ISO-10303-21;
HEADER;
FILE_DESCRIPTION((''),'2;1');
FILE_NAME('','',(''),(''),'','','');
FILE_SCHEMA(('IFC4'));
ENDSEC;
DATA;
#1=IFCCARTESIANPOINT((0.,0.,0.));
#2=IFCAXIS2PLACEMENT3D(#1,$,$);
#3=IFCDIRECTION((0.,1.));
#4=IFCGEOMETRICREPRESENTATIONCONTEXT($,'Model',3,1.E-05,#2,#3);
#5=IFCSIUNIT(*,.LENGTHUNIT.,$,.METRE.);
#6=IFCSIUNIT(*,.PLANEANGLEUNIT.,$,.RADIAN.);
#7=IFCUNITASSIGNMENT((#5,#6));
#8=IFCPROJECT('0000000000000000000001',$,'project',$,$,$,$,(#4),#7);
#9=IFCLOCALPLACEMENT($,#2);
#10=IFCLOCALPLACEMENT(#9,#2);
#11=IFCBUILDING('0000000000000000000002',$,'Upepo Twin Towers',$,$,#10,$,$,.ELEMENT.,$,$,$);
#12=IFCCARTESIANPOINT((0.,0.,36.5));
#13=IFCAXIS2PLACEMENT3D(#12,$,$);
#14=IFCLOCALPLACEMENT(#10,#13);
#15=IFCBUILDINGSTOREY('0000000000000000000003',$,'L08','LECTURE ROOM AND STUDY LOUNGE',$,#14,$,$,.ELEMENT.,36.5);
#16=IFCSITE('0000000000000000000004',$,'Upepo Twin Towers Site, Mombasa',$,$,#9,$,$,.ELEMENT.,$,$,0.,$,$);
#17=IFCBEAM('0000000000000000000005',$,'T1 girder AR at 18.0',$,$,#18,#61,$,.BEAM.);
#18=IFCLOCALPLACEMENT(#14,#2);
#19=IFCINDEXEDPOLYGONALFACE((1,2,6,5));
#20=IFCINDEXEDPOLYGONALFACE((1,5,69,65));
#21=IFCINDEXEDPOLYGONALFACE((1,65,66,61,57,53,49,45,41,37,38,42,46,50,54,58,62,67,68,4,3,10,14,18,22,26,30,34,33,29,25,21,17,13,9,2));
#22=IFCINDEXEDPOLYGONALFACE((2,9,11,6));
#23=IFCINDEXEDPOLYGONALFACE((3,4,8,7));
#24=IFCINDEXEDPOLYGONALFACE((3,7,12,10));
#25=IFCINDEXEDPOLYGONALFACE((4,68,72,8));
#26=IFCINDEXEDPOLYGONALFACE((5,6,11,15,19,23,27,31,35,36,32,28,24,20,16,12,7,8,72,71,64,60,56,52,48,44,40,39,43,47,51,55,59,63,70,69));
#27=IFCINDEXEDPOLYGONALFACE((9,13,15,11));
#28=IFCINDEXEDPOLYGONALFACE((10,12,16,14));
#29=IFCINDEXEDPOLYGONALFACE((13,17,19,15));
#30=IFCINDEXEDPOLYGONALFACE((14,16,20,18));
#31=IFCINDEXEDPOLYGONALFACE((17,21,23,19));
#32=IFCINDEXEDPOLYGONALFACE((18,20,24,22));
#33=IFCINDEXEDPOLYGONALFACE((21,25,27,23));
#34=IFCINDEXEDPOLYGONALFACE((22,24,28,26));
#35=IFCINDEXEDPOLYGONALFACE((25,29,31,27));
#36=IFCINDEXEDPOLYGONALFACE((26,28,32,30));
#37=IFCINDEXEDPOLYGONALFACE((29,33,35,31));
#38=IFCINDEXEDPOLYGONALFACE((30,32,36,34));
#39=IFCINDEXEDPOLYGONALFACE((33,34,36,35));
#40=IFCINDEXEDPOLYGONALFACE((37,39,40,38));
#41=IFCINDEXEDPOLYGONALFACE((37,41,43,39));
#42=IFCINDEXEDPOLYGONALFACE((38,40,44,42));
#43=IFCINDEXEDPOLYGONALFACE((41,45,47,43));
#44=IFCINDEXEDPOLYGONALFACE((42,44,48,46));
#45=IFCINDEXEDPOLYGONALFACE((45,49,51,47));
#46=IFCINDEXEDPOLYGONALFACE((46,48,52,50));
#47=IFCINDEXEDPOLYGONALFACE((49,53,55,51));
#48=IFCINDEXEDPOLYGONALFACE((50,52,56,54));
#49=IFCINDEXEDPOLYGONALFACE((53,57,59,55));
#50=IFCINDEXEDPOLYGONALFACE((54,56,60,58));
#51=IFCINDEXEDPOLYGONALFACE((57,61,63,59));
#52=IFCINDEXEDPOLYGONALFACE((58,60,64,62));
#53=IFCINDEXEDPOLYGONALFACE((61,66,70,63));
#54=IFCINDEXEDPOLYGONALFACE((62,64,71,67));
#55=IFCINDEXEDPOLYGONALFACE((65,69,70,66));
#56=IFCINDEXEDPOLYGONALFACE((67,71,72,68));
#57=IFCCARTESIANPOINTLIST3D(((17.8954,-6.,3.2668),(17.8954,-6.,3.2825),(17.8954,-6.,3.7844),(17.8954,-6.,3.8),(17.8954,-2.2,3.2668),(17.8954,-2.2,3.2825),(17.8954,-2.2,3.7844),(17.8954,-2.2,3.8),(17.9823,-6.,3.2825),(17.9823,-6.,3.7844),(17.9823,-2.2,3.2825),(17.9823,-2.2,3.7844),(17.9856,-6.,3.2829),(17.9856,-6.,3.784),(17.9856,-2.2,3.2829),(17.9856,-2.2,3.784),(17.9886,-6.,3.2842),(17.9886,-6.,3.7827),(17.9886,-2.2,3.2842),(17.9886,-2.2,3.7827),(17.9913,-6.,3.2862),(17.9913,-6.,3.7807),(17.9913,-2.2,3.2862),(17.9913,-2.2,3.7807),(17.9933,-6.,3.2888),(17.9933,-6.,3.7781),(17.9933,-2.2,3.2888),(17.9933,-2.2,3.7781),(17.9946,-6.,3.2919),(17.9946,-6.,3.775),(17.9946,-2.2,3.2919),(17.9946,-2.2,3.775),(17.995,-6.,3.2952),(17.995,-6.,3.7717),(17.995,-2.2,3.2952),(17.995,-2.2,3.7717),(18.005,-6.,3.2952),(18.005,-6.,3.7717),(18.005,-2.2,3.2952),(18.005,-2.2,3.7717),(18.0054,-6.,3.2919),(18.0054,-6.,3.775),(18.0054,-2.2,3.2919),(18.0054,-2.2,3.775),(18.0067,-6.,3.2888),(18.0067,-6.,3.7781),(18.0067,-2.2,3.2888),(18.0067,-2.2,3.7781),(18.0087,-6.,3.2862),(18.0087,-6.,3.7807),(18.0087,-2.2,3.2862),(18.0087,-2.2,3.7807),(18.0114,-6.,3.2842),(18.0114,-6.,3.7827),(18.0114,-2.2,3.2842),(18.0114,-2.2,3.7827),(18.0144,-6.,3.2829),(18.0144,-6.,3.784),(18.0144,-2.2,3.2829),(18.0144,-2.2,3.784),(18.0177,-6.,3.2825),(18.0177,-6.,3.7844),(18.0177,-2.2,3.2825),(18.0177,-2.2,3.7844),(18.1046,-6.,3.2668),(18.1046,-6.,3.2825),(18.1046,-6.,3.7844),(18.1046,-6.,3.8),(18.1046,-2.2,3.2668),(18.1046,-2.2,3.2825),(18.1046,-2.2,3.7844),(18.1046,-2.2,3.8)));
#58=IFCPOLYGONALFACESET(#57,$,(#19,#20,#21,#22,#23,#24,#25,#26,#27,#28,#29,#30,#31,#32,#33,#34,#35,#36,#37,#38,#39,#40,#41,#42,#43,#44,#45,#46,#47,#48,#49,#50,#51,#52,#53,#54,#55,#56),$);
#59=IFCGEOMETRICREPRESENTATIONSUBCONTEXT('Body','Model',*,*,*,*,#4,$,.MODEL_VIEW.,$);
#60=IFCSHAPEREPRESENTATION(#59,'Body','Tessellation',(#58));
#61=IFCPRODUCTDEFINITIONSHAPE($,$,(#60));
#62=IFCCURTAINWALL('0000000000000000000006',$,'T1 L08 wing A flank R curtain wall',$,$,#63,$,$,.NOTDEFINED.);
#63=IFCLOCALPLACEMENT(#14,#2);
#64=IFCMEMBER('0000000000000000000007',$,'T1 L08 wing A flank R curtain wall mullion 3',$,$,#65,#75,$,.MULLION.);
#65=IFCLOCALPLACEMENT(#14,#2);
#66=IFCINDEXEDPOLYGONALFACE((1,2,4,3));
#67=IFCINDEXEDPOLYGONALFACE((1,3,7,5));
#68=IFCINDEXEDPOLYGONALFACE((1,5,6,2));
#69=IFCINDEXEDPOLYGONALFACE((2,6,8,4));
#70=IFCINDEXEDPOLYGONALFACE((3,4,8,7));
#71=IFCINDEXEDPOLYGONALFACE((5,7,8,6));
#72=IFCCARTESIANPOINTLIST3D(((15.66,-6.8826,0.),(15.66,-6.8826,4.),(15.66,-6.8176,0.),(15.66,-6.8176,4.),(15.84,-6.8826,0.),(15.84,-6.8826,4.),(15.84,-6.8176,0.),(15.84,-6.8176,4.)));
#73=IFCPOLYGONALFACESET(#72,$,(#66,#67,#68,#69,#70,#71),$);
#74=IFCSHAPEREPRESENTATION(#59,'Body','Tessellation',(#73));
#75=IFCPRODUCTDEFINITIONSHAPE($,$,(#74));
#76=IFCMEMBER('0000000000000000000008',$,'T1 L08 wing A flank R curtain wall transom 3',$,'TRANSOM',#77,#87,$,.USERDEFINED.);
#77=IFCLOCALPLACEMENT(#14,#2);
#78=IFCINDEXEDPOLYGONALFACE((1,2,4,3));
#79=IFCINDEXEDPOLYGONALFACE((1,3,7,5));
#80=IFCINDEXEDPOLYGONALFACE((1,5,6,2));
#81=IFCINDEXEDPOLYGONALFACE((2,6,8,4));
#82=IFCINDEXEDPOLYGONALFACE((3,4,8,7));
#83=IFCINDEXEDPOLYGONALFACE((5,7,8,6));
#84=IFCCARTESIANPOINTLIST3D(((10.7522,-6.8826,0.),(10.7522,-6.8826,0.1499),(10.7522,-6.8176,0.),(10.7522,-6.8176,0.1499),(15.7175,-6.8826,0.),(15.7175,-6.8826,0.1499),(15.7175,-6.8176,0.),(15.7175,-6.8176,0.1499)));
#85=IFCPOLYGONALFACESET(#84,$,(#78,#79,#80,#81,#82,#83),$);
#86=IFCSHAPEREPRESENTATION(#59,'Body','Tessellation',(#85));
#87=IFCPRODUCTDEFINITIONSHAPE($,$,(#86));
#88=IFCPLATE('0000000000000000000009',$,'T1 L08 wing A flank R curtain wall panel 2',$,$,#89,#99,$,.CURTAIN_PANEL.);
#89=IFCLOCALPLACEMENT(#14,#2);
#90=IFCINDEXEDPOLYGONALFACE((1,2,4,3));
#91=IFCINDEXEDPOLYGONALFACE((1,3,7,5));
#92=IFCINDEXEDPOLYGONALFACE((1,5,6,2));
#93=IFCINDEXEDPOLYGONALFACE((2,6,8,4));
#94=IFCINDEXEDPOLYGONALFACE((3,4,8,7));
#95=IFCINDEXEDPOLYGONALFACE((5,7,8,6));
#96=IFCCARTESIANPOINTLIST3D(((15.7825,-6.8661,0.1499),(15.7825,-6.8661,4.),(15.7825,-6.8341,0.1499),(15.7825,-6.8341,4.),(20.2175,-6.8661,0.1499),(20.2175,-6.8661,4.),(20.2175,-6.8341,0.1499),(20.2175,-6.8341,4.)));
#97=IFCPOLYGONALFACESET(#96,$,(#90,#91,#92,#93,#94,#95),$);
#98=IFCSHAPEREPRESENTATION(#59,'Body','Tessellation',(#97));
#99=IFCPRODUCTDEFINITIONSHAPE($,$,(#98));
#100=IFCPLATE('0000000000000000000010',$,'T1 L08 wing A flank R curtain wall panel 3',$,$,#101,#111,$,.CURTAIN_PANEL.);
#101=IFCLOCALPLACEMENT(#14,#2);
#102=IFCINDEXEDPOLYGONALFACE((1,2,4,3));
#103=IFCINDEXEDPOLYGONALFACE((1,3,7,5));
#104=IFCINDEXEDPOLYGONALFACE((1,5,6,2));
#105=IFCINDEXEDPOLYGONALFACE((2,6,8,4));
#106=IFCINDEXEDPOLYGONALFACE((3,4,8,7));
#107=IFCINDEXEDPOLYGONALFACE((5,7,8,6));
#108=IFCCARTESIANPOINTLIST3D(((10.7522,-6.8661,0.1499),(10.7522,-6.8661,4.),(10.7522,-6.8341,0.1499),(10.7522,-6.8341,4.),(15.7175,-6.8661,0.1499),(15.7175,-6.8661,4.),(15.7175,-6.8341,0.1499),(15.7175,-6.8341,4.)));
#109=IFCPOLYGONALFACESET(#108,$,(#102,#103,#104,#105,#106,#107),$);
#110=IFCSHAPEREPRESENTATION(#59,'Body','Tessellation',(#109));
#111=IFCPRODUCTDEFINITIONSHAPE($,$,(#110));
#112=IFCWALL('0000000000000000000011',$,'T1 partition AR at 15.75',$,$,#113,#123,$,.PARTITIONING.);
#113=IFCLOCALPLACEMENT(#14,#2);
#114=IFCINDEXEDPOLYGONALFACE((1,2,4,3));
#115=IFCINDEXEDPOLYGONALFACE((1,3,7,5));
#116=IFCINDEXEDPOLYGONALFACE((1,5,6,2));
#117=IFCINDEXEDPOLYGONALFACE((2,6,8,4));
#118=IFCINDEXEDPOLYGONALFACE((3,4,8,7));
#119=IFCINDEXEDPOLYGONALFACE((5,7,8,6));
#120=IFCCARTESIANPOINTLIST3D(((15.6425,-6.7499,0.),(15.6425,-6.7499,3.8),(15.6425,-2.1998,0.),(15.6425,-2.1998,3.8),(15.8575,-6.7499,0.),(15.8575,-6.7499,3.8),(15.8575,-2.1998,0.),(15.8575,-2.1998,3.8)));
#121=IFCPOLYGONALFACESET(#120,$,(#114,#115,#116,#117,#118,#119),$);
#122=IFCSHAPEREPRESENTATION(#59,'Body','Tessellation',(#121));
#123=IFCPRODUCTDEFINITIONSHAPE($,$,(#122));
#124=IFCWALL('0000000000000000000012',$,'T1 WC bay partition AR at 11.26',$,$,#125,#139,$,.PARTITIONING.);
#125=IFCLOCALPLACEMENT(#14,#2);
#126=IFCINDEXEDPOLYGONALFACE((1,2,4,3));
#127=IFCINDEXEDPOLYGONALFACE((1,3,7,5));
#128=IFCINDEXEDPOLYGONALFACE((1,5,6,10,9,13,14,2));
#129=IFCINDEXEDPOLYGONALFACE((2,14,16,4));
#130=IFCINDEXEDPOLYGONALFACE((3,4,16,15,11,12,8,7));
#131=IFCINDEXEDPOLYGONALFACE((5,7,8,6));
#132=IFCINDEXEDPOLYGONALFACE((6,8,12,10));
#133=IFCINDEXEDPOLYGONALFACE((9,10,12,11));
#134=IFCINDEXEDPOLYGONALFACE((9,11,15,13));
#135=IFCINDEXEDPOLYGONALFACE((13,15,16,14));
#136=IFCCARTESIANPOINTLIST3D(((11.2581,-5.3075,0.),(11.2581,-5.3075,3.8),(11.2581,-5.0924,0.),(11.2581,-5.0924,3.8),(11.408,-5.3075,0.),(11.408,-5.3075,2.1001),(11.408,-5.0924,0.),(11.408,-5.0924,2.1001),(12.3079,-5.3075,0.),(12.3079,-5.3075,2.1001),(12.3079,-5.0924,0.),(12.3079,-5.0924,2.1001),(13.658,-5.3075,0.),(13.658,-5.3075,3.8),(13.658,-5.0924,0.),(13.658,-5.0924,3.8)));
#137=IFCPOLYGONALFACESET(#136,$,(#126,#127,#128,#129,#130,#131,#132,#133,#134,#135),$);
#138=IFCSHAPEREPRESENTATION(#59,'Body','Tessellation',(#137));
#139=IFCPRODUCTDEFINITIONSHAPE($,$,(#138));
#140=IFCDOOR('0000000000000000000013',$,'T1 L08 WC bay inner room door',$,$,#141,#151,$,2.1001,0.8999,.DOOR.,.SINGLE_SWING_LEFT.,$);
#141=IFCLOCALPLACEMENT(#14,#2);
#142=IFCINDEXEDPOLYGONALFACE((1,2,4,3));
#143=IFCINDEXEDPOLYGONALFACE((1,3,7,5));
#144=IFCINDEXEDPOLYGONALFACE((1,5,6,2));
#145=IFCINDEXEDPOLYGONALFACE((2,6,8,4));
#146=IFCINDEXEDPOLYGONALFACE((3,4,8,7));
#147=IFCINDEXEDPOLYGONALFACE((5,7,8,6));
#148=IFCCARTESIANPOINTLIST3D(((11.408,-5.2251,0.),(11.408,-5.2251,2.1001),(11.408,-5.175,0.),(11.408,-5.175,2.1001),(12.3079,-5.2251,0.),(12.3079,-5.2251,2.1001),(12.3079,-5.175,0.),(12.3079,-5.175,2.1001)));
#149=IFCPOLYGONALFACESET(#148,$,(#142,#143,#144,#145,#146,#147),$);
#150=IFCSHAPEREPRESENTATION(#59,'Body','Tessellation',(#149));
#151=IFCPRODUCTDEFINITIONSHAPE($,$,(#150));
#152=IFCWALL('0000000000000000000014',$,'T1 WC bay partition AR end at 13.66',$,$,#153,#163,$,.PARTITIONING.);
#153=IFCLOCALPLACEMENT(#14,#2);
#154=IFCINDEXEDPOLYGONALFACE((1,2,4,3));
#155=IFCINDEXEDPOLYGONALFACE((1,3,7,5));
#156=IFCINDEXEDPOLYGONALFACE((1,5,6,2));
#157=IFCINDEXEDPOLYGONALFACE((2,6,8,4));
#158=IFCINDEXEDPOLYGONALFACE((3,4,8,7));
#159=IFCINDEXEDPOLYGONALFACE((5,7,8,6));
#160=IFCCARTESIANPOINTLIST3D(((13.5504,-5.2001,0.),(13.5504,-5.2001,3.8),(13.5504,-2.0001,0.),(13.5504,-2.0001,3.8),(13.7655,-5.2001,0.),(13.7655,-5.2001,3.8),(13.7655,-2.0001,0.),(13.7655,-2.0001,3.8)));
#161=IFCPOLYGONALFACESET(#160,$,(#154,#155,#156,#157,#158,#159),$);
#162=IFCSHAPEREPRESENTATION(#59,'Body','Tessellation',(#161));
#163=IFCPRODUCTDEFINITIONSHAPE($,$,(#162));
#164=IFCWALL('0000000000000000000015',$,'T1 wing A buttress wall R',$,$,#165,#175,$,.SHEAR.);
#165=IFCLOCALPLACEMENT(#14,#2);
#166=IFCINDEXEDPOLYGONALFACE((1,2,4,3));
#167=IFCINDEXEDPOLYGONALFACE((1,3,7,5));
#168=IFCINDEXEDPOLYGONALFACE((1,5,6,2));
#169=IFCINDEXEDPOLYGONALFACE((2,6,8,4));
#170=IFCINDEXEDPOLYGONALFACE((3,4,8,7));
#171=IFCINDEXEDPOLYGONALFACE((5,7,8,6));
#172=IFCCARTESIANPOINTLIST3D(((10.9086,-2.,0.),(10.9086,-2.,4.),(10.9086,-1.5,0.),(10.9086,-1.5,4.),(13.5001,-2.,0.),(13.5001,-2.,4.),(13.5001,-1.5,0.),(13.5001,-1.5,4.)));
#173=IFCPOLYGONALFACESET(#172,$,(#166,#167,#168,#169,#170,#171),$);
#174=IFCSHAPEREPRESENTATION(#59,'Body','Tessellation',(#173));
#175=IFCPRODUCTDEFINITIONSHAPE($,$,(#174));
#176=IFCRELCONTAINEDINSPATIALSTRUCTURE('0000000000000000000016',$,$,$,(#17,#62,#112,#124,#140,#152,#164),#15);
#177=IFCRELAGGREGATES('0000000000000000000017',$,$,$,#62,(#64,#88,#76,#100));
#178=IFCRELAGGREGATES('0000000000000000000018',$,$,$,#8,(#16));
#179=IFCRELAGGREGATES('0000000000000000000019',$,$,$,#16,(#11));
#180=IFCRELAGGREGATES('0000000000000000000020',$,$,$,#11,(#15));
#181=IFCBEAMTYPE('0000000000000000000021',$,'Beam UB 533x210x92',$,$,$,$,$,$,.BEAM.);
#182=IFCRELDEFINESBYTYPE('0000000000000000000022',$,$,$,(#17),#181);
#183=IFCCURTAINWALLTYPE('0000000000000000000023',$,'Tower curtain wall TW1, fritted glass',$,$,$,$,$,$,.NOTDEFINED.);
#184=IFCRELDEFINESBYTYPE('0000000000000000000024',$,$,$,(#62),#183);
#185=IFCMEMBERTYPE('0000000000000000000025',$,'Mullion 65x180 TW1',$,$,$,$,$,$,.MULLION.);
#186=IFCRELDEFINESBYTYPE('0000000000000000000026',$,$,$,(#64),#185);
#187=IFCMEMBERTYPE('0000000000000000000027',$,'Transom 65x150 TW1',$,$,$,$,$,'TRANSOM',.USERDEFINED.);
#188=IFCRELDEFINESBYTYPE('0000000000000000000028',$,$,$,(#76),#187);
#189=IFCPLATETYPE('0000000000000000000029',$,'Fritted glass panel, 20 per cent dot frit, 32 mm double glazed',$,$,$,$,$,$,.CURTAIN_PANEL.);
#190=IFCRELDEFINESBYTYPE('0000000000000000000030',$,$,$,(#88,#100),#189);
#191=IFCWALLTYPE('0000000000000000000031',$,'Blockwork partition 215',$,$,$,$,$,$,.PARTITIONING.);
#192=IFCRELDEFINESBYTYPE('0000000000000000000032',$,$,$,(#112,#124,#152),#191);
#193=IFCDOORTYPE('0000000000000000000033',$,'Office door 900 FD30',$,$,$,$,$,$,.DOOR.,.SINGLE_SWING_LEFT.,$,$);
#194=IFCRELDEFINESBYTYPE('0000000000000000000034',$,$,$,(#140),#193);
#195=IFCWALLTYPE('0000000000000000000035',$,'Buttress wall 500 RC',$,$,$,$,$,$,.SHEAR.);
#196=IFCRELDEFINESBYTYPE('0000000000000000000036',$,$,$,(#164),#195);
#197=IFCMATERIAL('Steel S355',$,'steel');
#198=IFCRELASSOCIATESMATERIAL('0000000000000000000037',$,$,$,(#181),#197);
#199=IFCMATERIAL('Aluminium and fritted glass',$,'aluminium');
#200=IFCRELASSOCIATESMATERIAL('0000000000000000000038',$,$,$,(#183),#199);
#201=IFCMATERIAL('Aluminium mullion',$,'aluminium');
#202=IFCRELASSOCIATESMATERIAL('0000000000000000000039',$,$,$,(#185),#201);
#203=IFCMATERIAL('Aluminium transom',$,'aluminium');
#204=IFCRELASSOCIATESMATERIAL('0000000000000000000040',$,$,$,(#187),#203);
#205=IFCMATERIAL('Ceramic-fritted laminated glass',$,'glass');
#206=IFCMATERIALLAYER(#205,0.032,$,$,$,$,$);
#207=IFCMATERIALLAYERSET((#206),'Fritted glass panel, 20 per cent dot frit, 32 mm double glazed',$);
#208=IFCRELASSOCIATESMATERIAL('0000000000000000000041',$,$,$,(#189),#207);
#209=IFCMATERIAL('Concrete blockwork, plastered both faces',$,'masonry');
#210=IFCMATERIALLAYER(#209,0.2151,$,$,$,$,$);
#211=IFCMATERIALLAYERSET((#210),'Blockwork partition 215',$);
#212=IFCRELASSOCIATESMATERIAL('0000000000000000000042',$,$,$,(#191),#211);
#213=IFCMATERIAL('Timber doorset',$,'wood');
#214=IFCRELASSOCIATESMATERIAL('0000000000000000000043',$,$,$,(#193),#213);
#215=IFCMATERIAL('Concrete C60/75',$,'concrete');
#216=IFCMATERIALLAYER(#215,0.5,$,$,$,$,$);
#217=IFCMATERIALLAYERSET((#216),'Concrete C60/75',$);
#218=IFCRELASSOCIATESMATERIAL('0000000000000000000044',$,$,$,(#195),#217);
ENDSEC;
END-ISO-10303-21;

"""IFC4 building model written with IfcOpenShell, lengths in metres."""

from ifc_helpers import new_model, si_unit, direction, frame, frame_2d, origin, origin_2d, place, context, subcontext, project, spatial, rectangle, i_section, extrude, material, layer, layer_set, material_profile, profile_set, type_object, element, fill, aggregate, save


model = new_model("IFC4")

# Units and contexts
model_context = context("Model", 3, precision=1e-05, world=origin(), true_north=direction((0.0, 1.0)))
body_context = subcontext(model_context, "Body", "Model", "MODEL_VIEW")
ifc_project = project(units=[si_unit("LENGTHUNIT", "METRE"), si_unit("PLANEANGLEUNIT", "RADIAN")], contexts=[model_context])

# Site, building, storey
site_placement = place(None, origin())
site = spatial("IfcSite", under=ifc_project, at=site_placement, Name="Upepo Twin Towers Site, Mombasa", CompositionType="ELEMENT", RefElevation=0.0)
building_placement = place(site_placement, origin())
building = spatial("IfcBuilding", under=site, at=building_placement, Name="Upepo Twin Towers", CompositionType="ELEMENT")
storey_placement = place(building_placement, frame((0.0, 0.0, 36.5)))
storey = spatial("IfcBuildingStorey", under=building, at=storey_placement, Name="L08", Description="LECTURE ROOM AND STUDY LOUNGE", CompositionType="ELEMENT", Elevation=36.5)

# Beam
ifc_material_1 = material(Name="Steel S355", Category="steel")
ifc_material_profile_1 = material_profile(ifc_material_1, i_section(OverallWidth=0.2092, OverallDepth=0.5332, WebThickness=0.01, FlangeThickness=0.0156, FilletRadius=0.0127, at=origin_2d()), Name="UB 533x210x92")
ifc_profile_set_1 = profile_set([ifc_material_profile_1], Name="Steel S355")
beam_type_1 = type_object("IfcBeamType", Name="Beam UB 533x210x92", PredefinedType="BEAM", material=ifc_profile_set_1)
for number, where, z_axis, x_axis, name in (
    (1, (18.0, -6.0, 3.5334), (0.0, 1.0, 0.0), (-1.0, 0.0, 0.0), "T1 girder AR at 18.0"),
):
    element("IfcBeam", number, at=place(storey_placement, frame(where, z_axis=z_axis, x_axis=x_axis)), inside=storey, type_object=beam_type_1, Name=name, PredefinedType="BEAM", context=body_context, shape_type="SweptSolid", body=[
        extrude(i_section(OverallWidth=0.2092, OverallDepth=0.5332, WebThickness=0.01, FlangeThickness=0.0156, FilletRadius=0.0127, at=origin_2d()), origin(), (0.0, 0.0, 1.0), 3.8),
    ])

# Curtain wall, members, plates
ifc_material_2 = material(Name="Aluminium and fritted glass", Category="aluminium")
curtain_wall_type = type_object("IfcCurtainWallType", Name="Tower curtain wall TW1, fritted glass", PredefinedType="NOTDEFINED", material=ifc_material_2)
curtain_wall_placement = place(storey_placement, origin())
curtain_wall = element("IfcCurtainWall", 2, at=curtain_wall_placement, inside=storey, type_object=curtain_wall_type, Name="T1 L08 wing A flank R curtain wall", PredefinedType="NOTDEFINED")
ifc_material_3 = material(Name="Aluminium mullion", Category="aluminium")
ifc_material_profile_2 = material_profile(ifc_material_3, rectangle(XDim=0.0649, YDim=0.1799, at=origin_2d()), Name="MULLION 65x180")
ifc_profile_set_2 = profile_set([ifc_material_profile_2], Name="Aluminium mullion")
member_type_1 = type_object("IfcMemberType", Name="Mullion 65x180 TW1", PredefinedType="MULLION", material=ifc_profile_set_2)
member_1_placement = place(storey_placement, frame((15.75, -6.8501, 0.0), z_axis=(0.0, 0.0, 1.0), x_axis=(0.0, -1.0, 0.0)))
member_1 = element("IfcMember", 3, at=member_1_placement, type_object=member_type_1, Name="T1 L08 wing A flank R curtain wall mullion 3", PredefinedType="MULLION", context=body_context, shape_type="SweptSolid", body=[
    extrude(rectangle(XDim=0.0649, YDim=0.1799, at=origin_2d()), origin(), (0.0, 0.0, 1.0), 4.0),
])
ifc_material_4 = material(Name="Aluminium transom", Category="aluminium")
ifc_material_profile_3 = material_profile(ifc_material_4, rectangle(XDim=0.0649, YDim=0.1499, at=origin_2d()), Name="TRANSOM 65x150")
ifc_profile_set_3 = profile_set([ifc_material_profile_3], Name="Aluminium transom")
member_type_2 = type_object("IfcMemberType", Name="Transom 65x150 TW1", ElementType="TRANSOM", PredefinedType="USERDEFINED", material=ifc_profile_set_3)
member_2_placement = place(storey_placement, frame((15.7175, -6.8501, 0.075), z_axis=(-1.0, 0.0, 0.0), x_axis=(0.0, -1.0, 0.0)))
member_2 = element("IfcMember", 4, at=member_2_placement, type_object=member_type_2, Name="T1 L08 wing A flank R curtain wall transom 3", ObjectType="TRANSOM", PredefinedType="USERDEFINED", context=body_context, shape_type="SweptSolid", body=[
    extrude(rectangle(XDim=0.0649, YDim=0.1499, at=origin_2d()), origin(), (0.0, 0.0, 1.0), 4.9653),
])
ifc_material_5 = material(Name="Ceramic-fritted laminated glass", Category="glass")
ifc_layer_1 = layer(ifc_material_5, 0.032)
ifc_layer_set_1 = layer_set([ifc_layer_1], Name="Fritted glass panel, 20 per cent dot frit, 32 mm double glazed")
plate_type = type_object("IfcPlateType", Name="Fritted glass panel, 20 per cent dot frit, 32 mm double glazed", PredefinedType="CURTAIN_PANEL", material=ifc_layer_set_1)
plate_1_placement = place(storey_placement, frame((18.0, -6.8501, 0.1499), z_axis=(0.0, 0.0, 1.0), x_axis=(-1.0, 0.0, 0.0)))
plate_1 = element("IfcPlate", 5, at=plate_1_placement, type_object=plate_type, Name="T1 L08 wing A flank R curtain wall panel 2", PredefinedType="CURTAIN_PANEL", context=body_context, shape_type="SweptSolid", body=[
    extrude(rectangle(XDim=4.4351, YDim=0.032, at=origin_2d()), origin(), (0.0, 0.0, 1.0), 3.8501),
])
plate_2_placement = place(storey_placement, frame((13.2349, -6.8501, 0.1499), z_axis=(0.0, 0.0, 1.0), x_axis=(-1.0, 0.0, 0.0)))
plate_2 = element("IfcPlate", 6, at=plate_2_placement, type_object=plate_type, Name="T1 L08 wing A flank R curtain wall panel 3", PredefinedType="CURTAIN_PANEL", context=body_context, shape_type="SweptSolid", body=[
    extrude(rectangle(XDim=4.9653, YDim=0.032, at=origin_2d()), origin(), (0.0, 0.0, 1.0), 3.8501),
])
aggregate(curtain_wall, [member_1, plate_1, member_2, plate_2])

# Wall
ifc_material_6 = material(Name="Concrete blockwork, plastered both faces", Category="masonry")
ifc_layer_2 = layer(ifc_material_6, 0.2151)
ifc_layer_set_2 = layer_set([ifc_layer_2], Name="Blockwork partition 215")
wall_type_1 = type_object("IfcWallType", Name="Blockwork partition 215", PredefinedType="PARTITIONING", material=ifc_layer_set_2)
wall_1_placement = place(storey_placement, frame((15.75, -2.2, 0.0), z_axis=(0.0, 0.0, 1.0), x_axis=(0.0, -1.0, 0.0)))
element("IfcWall", 7, at=wall_1_placement, inside=storey, type_object=wall_type_1, Name="T1 partition AR at 15.75", PredefinedType="PARTITIONING", context=body_context, shape_type="SweptSolid", body=[
    extrude(rectangle(XDim=4.55, YDim=0.2151, at=frame_2d((2.2749, 0.0))), origin(), (0.0, 0.0, 1.0), 3.8),
])

# Wall, opening, door
wall_2_placement = place(storey_placement, frame((11.2581, -5.2, 0.0), z_axis=(0.0, 0.0, 1.0), x_axis=(1.0, 0.0, 0.0)))
wall_2 = element("IfcWall", 8, at=wall_2_placement, inside=storey, type_object=wall_type_1, Name="T1 WC bay partition AR at 11.26", PredefinedType="PARTITIONING", context=body_context, shape_type="SweptSolid", body=[
    extrude(rectangle(XDim=2.3999, YDim=0.2151, at=frame_2d((1.2, 0.0))), origin(), (0.0, 0.0, 1.0), 3.8),
])
opening_1_placement = place(wall_2_placement, frame((0.1499, 0.0, 0.0)))
opening_1 = element("IfcOpeningElement", 9, at=opening_1_placement, cuts=wall_2, PredefinedType="OPENING", context=body_context, shape_type="SweptSolid", body=[
    extrude(rectangle(XDim=0.8999, YDim=2.1001, at=frame_2d((0.45, 1.05))), frame((0.0, 0.1174, 0.0), z_axis=(0.0, -1.0, 0.0), x_axis=(1.0, 0.0, 0.0)), (0.0, 0.0, 1.0), 0.2351),
])
ifc_material_7 = material(Name="Timber doorset", Category="wood")
door_type_1 = type_object("IfcDoorType", Name="Office door 900 FD30", OperationType="SINGLE_SWING_LEFT", PredefinedType="DOOR", material=ifc_material_7)
door_1_placement = place(opening_1_placement, origin())
door_1 = element("IfcDoor", 10, at=door_1_placement, inside=storey, type_object=door_type_1, Name="T1 L08 WC bay inner room door", OperationType="SINGLE_SWING_LEFT", OverallHeight=2.1001, OverallWidth=0.8999, PredefinedType="DOOR", context=body_context, shape_type="SweptSolid", body=[
    extrude(rectangle(XDim=0.8999, YDim=2.1001, at=frame_2d((0.45, 1.05))), frame((0.0, 0.0249, 0.0), z_axis=(0.0, -1.0, 0.0), x_axis=(1.0, 0.0, 0.0)), (0.0, 0.0, 1.0), 0.05),
])
fill(opening_1, door_1)

# Walls
wall_3_placement = place(storey_placement, frame((13.658, -2.0, 0.0), z_axis=(0.0, 0.0, 1.0), x_axis=(0.0, -1.0, 0.0)))
element("IfcWall", 11, at=wall_3_placement, inside=storey, type_object=wall_type_1, Name="T1 WC bay partition AR end at 13.66", PredefinedType="PARTITIONING", context=body_context, shape_type="SweptSolid", body=[
    extrude(rectangle(XDim=3.2, YDim=0.2151, at=frame_2d((1.6001, 0.0))), origin(), (0.0, 0.0, 1.0), 3.8),
])
ifc_material_8 = material(Name="Concrete C60/75", Category="concrete")
ifc_layer_3 = layer(ifc_material_8, 0.5)
ifc_layer_set_3 = layer_set([ifc_layer_3], Name="Concrete C60/75")
wall_type_2 = type_object("IfcWallType", Name="Buttress wall 500 RC", PredefinedType="SHEAR", material=ifc_layer_set_3)
wall_4_placement = place(storey_placement, frame((10.9084, -1.75, 0.0), z_axis=(0.0, 0.0, 1.0), x_axis=(1.0, 0.0, 0.0)))
element("IfcWall", 12, at=wall_4_placement, inside=storey, type_object=wall_type_2, Name="T1 wing A buttress wall R", PredefinedType="SHEAR", context=body_context, shape_type="SweptSolid", body=[
    extrude(rectangle(XDim=2.5916, YDim=0.5, at=frame_2d((1.2959, 0.0))), origin(), (0.0, 0.0, 1.0), 4.0),
])

save(model, "model.ifc")
